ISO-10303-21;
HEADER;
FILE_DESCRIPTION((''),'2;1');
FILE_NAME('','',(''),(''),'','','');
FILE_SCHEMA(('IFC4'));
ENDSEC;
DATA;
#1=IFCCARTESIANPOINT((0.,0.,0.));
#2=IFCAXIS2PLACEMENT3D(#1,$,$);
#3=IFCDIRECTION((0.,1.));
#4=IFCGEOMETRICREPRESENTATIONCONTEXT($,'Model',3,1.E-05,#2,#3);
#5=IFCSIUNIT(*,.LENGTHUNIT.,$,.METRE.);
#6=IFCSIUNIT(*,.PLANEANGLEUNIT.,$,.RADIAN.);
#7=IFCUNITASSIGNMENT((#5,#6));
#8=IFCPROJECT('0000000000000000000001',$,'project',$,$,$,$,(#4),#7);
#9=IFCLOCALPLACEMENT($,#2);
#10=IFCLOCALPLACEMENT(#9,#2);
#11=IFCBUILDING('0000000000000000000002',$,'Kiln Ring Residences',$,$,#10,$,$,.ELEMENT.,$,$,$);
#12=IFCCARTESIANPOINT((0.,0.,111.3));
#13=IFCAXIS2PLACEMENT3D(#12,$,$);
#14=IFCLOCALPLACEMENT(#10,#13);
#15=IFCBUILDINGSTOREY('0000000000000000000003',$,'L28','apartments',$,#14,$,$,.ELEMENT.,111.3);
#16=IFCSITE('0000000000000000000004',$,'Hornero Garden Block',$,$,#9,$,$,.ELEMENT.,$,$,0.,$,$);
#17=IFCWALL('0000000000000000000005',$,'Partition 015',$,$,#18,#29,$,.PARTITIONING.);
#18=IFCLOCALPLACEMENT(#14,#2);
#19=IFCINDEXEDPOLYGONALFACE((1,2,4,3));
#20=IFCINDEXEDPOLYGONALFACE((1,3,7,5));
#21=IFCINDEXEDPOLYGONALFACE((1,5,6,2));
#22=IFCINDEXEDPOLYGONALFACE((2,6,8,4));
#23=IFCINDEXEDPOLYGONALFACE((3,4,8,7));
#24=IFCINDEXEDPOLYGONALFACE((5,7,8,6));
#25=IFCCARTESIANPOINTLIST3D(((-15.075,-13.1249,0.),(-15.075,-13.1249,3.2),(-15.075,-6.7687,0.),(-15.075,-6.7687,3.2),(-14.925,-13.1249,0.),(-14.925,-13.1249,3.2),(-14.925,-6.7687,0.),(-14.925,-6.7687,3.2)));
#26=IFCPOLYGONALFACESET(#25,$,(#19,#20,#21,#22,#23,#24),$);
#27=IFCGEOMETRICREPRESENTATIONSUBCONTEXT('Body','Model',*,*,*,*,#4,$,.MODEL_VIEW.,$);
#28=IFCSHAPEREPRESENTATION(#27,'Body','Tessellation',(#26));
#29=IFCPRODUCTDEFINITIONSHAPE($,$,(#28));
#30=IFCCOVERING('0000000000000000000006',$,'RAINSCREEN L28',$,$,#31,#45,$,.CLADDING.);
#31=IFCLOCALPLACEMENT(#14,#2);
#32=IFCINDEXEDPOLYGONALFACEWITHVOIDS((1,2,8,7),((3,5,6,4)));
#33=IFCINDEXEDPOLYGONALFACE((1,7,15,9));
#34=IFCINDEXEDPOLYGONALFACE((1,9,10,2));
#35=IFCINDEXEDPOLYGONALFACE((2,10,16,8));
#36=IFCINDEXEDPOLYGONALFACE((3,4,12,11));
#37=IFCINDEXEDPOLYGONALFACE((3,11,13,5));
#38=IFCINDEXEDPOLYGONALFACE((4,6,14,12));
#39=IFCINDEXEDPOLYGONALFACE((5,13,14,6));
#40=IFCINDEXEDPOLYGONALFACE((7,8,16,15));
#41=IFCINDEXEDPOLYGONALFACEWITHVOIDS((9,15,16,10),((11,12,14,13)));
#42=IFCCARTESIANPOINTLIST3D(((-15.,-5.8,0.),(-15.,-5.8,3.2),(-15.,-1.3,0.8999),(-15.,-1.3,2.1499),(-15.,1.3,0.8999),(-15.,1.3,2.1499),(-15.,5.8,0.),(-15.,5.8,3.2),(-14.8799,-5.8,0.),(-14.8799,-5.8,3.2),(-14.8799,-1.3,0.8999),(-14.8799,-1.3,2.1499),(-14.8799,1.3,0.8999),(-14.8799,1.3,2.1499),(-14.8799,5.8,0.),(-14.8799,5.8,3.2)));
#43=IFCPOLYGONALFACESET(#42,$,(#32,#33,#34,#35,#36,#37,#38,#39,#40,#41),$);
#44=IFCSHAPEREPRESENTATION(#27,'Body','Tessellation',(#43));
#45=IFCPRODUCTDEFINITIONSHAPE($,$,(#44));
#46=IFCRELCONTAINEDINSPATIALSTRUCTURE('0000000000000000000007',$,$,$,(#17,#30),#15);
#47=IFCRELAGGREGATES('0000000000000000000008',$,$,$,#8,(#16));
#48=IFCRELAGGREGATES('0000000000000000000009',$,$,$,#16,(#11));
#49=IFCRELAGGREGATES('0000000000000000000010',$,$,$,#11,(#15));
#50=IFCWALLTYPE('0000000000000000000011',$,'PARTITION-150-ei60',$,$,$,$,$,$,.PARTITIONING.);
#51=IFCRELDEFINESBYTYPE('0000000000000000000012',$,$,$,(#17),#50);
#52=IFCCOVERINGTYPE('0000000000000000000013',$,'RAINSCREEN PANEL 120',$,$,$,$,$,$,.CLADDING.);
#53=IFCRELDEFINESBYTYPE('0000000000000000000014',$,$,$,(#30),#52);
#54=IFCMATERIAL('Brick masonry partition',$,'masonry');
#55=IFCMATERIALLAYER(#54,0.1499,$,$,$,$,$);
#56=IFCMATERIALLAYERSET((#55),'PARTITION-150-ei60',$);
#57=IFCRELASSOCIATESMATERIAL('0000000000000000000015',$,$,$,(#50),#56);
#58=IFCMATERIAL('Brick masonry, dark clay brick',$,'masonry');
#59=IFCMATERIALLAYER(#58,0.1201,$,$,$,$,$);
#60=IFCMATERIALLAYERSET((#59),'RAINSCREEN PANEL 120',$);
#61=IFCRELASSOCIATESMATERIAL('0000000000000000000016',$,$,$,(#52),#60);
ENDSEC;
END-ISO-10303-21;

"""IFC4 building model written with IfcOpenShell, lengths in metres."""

from ifc_helpers import new_model, si_unit, direction, frame, frame_2d, origin, place, context, subcontext, project, spatial, polyline, rectangle, outline, extrude, material, layer, layer_set, type_object, element, save


model = new_model("IFC4")

# Units and contexts
model_context = context("Model", 3, precision=1e-05, world=origin(), true_north=direction((0.0, 1.0)))
body_context = subcontext(model_context, "Body", "Model", "MODEL_VIEW")
ifc_project = project(units=[si_unit("LENGTHUNIT", "METRE"), si_unit("PLANEANGLEUNIT", "RADIAN")], contexts=[model_context])

# Site, building, storey
site_placement = place(None, origin())
site = spatial("IfcSite", under=ifc_project, at=site_placement, Name="Hornero Garden Block", CompositionType="ELEMENT", RefElevation=0.0)
building_placement = place(site_placement, origin())
building = spatial("IfcBuilding", under=site, at=building_placement, Name="Kiln Ring Residences", CompositionType="ELEMENT")
storey_placement = place(building_placement, frame((0.0, 0.0, 111.3)))
storey = spatial("IfcBuildingStorey", under=building, at=storey_placement, Name="L28", Description="apartments", CompositionType="ELEMENT", Elevation=111.3)

# Shared definitions
ifc_material_1 = material(Name="Brick masonry partition", Category="masonry")
ifc_layer_1 = layer(ifc_material_1, 0.1499)
ifc_layer_set_1 = layer_set([ifc_layer_1], Name="PARTITION-150-ei60")
wall_type_1 = type_object("IfcWallType", Name="PARTITION-150-ei60", PredefinedType="PARTITIONING", material=ifc_layer_set_1)

# Wall
wall_1_placement = place(storey_placement, frame((-15.0, -13.125, 0.0), z_axis=(0.0, 0.0, 1.0), x_axis=(0.0, 1.0, 0.0)))
element("IfcWall", 1, at=wall_1_placement, inside=storey, type_object=wall_type_1, Name="Partition 015", PredefinedType="PARTITIONING", context=body_context, shape_type="SweptSolid", body=[
    extrude(rectangle(XDim=6.3562, YDim=0.1499, at=frame_2d((3.1782, 0.0))), origin(), (0.0, 0.0, 1.0), 3.2),
])

# Covering
ifc_material_2 = material(Name="Brick masonry, dark clay brick", Category="masonry")
ifc_layer_2 = layer(ifc_material_2, 0.1201)
ifc_layer_set_2 = layer_set([ifc_layer_2], Name="RAINSCREEN PANEL 120")
covering_type = type_object("IfcCoveringType", Name="RAINSCREEN PANEL 120", PredefinedType="CLADDING", material=ifc_layer_set_2)
covering_placement = place(storey_placement, frame((-14.9399, -5.8, 0.0), z_axis=(0.0, 0.0, 1.0), x_axis=(0.0, 1.0, 0.0)))
element("IfcCovering", 2, at=covering_placement, inside=storey, type_object=covering_type, Name="RAINSCREEN L28", PredefinedType="CLADDING", context=body_context, shape_type="SweptSolid", body=[
    extrude(outline(polyline([(0.0, 0.0), (11.6001, 0.0), (11.6001, 3.2), (0.0, 3.2), (0.0, 0.0)]), holes=[polyline([(4.5, 2.1499), (4.5, 0.8999), (7.1001, 0.8999), (7.1001, 2.1499), (4.5, 2.1499)])]), frame((0.0, 0.0601, 0.0), z_axis=(0.0, -1.0, 0.0), x_axis=(1.0, 0.0, 0.0)), (0.0, 0.0, 1.0), 0.1201),
])

save(model, "model.ifc")
